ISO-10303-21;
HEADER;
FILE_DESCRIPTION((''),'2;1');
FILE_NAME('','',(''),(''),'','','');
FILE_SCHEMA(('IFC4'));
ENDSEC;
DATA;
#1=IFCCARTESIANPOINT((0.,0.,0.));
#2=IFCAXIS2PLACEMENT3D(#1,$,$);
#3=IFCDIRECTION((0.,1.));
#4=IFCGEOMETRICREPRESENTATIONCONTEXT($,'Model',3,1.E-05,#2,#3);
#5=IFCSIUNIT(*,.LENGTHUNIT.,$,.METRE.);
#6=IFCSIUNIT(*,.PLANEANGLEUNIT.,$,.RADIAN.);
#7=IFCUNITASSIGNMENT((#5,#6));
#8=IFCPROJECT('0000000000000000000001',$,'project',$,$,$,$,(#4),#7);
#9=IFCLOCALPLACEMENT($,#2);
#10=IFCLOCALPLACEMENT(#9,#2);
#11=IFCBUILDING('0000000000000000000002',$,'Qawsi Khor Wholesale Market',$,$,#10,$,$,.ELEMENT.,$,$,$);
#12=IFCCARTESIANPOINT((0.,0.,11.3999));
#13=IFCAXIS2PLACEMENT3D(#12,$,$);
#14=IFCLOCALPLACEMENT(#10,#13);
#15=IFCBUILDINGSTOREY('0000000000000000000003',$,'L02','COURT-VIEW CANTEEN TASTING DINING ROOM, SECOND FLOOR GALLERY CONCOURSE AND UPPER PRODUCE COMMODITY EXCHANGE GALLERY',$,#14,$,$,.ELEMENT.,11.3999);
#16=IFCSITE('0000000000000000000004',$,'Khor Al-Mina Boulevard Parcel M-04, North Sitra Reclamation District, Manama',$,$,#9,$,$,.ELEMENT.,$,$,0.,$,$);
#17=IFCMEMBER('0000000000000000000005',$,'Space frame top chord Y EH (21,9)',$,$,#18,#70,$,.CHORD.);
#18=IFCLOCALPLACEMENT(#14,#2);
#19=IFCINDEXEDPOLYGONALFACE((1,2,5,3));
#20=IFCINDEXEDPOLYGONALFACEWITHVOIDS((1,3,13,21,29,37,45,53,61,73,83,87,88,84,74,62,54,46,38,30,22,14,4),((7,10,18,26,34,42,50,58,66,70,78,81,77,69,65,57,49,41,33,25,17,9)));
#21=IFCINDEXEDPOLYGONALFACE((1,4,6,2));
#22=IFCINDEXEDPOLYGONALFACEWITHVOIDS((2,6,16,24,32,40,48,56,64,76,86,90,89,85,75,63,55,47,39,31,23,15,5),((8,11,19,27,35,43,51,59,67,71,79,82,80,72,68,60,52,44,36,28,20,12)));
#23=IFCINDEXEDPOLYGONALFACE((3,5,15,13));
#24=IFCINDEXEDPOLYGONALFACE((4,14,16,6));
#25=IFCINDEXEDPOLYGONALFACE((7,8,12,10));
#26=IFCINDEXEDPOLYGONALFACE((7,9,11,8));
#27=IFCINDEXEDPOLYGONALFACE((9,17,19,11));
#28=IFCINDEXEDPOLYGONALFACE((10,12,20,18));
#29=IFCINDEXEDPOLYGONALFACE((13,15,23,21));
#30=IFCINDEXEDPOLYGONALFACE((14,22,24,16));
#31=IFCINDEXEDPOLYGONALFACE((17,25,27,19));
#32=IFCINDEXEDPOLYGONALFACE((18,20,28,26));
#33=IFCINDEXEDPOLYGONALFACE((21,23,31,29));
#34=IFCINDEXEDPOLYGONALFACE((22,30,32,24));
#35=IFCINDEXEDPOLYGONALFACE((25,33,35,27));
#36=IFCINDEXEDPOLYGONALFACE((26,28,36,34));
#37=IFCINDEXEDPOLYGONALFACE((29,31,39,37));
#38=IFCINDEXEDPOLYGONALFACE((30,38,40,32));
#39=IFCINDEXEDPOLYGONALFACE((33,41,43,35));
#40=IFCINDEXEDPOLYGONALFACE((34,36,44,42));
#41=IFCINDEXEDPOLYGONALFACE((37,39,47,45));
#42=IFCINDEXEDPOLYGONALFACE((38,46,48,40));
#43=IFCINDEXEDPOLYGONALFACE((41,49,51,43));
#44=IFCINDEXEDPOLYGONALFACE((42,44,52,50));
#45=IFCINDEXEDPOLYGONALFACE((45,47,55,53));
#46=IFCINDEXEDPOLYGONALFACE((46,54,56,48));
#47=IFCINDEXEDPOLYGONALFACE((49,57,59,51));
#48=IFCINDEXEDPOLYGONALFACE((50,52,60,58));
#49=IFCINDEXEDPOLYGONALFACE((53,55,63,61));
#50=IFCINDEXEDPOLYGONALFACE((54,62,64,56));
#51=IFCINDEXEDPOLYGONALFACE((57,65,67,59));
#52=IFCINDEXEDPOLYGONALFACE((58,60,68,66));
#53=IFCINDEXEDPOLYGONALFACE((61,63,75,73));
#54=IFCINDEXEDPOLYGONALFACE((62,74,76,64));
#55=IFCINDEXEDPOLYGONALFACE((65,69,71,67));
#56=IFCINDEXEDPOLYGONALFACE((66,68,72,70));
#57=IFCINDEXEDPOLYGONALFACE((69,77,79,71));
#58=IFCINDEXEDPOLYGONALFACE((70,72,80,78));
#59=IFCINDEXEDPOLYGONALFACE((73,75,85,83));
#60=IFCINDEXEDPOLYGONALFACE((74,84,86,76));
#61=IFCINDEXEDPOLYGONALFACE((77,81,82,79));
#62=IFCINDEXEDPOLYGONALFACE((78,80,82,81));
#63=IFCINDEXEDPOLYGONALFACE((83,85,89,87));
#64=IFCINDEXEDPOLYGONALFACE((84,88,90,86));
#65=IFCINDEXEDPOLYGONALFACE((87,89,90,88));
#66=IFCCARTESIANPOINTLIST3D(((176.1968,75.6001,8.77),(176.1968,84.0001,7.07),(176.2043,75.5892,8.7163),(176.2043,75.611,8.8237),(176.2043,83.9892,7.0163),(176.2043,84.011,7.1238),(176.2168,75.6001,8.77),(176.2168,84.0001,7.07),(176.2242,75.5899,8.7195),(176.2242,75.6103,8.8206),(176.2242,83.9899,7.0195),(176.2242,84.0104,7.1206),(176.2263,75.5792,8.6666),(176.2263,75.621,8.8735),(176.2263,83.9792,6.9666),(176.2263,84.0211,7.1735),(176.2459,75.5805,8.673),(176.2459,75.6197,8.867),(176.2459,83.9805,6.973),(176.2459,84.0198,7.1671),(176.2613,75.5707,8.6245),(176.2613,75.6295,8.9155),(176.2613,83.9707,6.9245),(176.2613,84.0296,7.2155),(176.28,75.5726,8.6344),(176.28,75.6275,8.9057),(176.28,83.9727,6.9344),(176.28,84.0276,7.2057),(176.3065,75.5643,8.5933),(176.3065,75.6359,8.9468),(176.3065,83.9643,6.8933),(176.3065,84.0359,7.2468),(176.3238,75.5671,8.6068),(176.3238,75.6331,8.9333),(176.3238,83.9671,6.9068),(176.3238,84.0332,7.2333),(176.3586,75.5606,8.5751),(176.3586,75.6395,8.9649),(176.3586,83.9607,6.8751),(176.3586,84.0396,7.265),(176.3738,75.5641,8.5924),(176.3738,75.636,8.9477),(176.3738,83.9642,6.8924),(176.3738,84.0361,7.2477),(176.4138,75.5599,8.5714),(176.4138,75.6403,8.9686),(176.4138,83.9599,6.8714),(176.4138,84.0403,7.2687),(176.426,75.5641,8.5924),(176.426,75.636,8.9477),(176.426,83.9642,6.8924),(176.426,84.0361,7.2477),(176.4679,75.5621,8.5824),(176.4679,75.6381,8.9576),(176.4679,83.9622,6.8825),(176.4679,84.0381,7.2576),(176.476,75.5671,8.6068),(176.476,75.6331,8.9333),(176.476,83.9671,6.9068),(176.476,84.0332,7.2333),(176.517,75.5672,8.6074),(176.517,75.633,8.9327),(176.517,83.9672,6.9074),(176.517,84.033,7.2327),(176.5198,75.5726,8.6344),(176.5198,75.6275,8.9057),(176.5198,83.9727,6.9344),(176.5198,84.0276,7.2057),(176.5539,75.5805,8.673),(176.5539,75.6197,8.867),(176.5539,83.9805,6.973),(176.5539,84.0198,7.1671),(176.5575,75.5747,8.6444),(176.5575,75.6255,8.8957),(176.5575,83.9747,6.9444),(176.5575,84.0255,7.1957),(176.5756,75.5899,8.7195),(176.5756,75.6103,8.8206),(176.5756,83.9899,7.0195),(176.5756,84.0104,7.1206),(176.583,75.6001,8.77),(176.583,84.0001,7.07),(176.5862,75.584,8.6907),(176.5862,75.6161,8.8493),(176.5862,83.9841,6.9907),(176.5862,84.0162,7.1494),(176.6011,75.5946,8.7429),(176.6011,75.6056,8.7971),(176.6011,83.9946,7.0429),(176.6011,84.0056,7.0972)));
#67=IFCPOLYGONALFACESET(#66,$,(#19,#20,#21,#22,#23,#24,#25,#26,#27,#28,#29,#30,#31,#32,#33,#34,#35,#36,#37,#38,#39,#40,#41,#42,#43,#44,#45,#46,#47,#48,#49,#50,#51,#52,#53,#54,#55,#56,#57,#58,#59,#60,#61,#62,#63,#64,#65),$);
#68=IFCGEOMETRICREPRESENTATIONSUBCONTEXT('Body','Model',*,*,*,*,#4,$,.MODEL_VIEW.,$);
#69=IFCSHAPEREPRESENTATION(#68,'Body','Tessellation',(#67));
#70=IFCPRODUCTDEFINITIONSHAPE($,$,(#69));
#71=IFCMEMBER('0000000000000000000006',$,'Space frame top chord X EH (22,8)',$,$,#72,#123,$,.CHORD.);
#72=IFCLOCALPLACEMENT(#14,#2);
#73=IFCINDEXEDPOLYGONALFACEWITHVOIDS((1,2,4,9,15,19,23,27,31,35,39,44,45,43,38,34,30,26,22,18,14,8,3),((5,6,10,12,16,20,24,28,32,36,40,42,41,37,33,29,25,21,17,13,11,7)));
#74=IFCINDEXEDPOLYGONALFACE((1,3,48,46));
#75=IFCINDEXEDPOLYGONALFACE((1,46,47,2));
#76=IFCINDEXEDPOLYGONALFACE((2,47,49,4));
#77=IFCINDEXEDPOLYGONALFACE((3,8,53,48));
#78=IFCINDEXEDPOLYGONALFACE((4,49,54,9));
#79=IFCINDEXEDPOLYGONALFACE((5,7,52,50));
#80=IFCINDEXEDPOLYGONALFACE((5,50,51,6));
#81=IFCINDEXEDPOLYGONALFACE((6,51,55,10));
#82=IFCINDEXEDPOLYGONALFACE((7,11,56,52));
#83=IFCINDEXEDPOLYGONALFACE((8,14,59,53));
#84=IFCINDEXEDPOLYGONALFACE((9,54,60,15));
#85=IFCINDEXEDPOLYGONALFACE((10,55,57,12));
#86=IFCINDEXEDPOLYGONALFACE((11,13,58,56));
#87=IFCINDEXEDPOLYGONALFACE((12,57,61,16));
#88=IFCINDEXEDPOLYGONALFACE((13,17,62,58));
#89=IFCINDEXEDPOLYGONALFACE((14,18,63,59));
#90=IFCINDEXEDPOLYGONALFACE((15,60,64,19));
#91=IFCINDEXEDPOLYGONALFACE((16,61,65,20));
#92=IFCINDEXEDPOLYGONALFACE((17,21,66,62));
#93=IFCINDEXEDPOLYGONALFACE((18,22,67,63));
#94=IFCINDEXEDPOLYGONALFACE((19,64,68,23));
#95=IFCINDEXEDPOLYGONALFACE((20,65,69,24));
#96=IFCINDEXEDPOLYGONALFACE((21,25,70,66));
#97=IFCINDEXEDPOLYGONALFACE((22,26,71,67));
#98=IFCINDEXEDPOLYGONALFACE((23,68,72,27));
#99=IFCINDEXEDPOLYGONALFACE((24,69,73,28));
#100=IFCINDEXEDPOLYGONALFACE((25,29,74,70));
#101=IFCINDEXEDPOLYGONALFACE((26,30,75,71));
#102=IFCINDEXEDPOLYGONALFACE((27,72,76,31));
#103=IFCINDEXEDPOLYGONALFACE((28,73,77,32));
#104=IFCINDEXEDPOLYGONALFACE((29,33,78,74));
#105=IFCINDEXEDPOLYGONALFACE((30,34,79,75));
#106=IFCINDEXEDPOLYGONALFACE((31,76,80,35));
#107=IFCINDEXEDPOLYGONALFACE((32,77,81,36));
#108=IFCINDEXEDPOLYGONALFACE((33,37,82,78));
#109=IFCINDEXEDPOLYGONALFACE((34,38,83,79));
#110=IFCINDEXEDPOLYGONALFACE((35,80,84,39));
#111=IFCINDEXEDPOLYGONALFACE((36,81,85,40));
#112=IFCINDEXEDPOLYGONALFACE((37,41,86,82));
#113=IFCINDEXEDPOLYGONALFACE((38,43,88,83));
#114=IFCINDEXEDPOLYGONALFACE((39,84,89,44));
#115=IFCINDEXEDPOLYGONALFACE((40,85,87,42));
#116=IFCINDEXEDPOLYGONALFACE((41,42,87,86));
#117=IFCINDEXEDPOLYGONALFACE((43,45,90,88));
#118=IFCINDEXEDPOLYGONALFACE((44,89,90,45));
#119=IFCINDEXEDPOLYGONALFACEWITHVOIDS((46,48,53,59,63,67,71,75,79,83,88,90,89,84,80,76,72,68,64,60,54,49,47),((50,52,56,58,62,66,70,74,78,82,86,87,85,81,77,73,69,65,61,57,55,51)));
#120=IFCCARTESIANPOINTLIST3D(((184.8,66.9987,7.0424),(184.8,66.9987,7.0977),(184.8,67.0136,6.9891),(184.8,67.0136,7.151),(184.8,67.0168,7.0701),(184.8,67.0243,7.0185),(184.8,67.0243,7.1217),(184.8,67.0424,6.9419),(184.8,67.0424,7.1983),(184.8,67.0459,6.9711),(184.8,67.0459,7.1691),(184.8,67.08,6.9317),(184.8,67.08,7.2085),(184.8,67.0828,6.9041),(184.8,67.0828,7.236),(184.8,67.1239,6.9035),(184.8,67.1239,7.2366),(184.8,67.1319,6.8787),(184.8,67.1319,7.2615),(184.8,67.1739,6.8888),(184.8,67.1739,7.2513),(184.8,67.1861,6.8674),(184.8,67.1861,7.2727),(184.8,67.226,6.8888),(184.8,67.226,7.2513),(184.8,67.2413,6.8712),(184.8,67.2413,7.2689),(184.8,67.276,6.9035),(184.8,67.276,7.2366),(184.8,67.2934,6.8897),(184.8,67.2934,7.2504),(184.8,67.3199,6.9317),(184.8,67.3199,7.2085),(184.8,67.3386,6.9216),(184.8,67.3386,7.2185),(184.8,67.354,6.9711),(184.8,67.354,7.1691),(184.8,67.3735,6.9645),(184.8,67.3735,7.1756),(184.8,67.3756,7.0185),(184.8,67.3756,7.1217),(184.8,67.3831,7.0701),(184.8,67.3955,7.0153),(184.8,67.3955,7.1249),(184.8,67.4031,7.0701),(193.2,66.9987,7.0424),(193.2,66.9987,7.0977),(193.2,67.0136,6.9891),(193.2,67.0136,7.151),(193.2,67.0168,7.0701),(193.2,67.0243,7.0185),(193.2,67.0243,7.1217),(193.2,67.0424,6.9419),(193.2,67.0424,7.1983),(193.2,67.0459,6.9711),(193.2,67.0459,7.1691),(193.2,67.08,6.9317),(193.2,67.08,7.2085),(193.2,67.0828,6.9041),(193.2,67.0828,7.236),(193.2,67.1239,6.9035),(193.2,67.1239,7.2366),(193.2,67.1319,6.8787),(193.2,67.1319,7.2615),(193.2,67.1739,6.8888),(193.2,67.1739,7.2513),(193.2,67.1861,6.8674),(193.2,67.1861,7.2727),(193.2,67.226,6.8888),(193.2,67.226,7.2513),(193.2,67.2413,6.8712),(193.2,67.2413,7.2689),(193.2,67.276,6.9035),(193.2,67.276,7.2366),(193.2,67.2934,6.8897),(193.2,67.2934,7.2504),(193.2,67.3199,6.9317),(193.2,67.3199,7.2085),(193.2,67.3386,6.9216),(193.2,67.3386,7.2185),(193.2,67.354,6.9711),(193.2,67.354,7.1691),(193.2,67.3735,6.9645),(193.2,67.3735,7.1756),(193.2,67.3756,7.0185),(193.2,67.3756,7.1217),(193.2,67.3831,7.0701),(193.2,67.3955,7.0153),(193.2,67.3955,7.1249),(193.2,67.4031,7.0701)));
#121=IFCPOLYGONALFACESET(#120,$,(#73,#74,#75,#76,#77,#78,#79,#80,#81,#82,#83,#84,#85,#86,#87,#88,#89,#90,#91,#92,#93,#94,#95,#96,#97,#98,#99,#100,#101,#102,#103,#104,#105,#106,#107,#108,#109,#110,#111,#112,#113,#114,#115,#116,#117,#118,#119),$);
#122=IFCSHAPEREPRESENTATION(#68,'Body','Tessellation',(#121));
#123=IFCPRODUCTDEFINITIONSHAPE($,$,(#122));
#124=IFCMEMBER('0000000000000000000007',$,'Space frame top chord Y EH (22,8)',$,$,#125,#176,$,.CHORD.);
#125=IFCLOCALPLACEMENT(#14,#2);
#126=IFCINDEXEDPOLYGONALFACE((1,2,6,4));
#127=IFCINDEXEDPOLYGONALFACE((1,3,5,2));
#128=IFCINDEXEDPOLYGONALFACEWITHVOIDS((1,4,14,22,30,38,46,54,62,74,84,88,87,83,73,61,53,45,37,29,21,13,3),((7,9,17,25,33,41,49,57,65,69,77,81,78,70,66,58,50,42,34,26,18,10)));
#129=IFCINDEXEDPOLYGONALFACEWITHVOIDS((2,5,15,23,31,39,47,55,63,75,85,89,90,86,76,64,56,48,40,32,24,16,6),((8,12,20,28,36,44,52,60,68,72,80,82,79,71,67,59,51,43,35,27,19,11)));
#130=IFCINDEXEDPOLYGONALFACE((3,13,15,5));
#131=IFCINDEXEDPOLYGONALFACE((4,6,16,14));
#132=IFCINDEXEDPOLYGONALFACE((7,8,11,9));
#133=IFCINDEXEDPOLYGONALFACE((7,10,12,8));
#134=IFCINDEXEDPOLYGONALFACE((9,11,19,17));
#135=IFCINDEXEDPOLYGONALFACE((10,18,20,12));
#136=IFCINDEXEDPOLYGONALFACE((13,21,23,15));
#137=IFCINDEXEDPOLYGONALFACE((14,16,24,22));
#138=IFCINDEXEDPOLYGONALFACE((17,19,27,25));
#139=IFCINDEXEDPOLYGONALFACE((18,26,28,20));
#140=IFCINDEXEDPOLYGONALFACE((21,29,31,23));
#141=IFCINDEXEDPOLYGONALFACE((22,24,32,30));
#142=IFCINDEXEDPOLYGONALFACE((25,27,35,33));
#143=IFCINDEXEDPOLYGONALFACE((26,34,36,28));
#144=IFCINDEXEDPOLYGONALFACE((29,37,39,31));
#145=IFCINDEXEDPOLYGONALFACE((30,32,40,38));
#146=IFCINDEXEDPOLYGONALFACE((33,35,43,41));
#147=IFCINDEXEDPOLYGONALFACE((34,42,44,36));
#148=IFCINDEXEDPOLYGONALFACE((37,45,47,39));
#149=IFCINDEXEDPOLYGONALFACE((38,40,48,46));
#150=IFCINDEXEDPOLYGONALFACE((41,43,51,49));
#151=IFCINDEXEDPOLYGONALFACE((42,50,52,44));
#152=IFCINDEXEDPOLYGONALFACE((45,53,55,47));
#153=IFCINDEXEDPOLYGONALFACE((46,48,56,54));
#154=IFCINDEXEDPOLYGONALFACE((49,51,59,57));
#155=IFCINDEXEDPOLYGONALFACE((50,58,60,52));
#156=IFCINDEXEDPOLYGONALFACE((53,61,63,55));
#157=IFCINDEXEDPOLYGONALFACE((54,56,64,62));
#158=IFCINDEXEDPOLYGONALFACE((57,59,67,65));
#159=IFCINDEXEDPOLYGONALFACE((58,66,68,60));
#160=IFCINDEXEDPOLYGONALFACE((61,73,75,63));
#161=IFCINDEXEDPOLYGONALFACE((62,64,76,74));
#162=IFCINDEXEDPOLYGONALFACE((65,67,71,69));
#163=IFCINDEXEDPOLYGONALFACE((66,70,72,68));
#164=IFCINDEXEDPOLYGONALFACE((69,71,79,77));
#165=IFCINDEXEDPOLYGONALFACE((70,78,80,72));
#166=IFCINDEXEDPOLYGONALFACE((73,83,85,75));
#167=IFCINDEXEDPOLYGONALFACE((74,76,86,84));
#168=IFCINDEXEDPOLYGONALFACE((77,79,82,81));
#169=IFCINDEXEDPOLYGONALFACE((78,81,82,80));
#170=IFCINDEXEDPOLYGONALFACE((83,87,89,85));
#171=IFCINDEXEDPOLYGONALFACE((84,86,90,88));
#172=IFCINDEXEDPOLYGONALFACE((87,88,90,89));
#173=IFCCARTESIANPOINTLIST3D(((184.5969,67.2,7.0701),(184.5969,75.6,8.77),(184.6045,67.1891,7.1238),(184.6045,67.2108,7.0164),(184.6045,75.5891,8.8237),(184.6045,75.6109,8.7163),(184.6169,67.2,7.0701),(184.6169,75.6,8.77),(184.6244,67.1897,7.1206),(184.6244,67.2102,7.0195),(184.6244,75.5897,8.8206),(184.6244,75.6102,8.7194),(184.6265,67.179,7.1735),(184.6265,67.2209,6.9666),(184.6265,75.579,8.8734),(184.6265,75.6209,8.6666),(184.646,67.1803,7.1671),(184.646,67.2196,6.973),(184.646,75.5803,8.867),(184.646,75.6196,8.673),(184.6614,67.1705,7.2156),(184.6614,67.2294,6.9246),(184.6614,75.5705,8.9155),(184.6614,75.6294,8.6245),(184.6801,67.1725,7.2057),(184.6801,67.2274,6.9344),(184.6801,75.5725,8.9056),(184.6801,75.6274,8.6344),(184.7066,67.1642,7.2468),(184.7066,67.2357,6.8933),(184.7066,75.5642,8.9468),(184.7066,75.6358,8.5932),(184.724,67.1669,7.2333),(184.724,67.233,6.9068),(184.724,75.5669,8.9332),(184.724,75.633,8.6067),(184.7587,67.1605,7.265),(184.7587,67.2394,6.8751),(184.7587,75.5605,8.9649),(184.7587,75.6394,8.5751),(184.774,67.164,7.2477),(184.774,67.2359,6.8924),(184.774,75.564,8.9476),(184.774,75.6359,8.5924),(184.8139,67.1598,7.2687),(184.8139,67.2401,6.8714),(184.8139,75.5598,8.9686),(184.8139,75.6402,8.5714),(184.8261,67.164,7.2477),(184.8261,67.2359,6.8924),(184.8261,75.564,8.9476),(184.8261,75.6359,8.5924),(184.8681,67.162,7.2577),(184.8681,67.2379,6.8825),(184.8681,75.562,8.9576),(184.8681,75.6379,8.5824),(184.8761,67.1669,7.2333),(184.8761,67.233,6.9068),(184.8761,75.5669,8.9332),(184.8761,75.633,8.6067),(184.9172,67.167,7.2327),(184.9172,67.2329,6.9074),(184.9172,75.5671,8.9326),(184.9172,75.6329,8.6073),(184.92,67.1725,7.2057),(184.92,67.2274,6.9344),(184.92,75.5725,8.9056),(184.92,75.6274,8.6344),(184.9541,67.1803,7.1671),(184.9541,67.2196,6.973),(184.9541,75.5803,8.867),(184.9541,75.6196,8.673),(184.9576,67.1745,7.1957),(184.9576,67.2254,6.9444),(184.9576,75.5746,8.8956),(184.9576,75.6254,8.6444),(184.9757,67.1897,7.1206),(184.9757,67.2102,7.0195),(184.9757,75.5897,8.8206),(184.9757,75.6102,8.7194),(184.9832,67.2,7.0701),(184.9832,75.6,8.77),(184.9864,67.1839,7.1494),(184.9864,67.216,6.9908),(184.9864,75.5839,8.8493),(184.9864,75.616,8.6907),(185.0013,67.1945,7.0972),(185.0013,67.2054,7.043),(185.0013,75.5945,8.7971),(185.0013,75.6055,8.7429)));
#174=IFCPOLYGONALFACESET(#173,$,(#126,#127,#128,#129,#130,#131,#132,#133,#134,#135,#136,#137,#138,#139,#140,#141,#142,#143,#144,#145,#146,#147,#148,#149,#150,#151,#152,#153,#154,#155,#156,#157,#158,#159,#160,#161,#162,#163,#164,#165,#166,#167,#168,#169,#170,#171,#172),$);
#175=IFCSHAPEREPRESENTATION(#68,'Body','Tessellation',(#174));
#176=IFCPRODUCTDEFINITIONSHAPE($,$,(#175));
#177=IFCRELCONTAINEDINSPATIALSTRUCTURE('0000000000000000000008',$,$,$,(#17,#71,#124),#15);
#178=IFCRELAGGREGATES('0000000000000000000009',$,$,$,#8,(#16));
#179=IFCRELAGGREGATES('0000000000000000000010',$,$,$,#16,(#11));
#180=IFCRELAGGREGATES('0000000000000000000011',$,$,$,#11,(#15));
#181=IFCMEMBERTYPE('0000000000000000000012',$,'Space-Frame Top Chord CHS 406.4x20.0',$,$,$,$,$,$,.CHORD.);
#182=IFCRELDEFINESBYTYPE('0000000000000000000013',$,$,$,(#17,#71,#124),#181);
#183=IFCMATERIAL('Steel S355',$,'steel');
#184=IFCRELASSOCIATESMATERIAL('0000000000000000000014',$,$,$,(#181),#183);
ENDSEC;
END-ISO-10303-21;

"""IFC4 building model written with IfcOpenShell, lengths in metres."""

from ifc_helpers import new_model, si_unit, direction, frame, origin, origin_2d, place, context, subcontext, project, spatial, hollow_circle, extrude, material, material_profile, profile_set, type_object, element, save


model = new_model("IFC4")

# Units and contexts
model_context = context("Model", 3, precision=1e-05, world=origin(), true_north=direction((0.0, 1.0)))
body_context = subcontext(model_context, "Body", "Model", "MODEL_VIEW")
ifc_project = project(units=[si_unit("LENGTHUNIT", "METRE"), si_unit("PLANEANGLEUNIT", "RADIAN")], contexts=[model_context])

# Site, building, storey
site_placement = place(None, origin())
site = spatial("IfcSite", under=ifc_project, at=site_placement, Name="Khor Al-Mina Boulevard Parcel M-04, North Sitra Reclamation District, Manama", CompositionType="ELEMENT", RefElevation=0.0)
building_placement = place(site_placement, origin())
building = spatial("IfcBuilding", under=site, at=building_placement, Name="Qawsi Khor Wholesale Market", CompositionType="ELEMENT")
storey_placement = place(building_placement, frame((0.0, 0.0, 11.3999)))
storey = spatial("IfcBuildingStorey", under=building, at=storey_placement, Name="L02", Description="COURT-VIEW CANTEEN TASTING DINING ROOM, SECOND FLOOR GALLERY CONCOURSE AND UPPER PRODUCE COMMODITY EXCHANGE GALLERY", CompositionType="ELEMENT", Elevation=11.3999)

# Members
ifc_material_1 = material(Name="Steel S355", Category="steel")
ifc_material_profile_1 = material_profile(ifc_material_1, hollow_circle(Radius=0.2031, WallThickness=0.02, at=origin_2d()), Name="CHS 406.4x20.0")
ifc_profile_set_1 = profile_set([ifc_material_profile_1], Name="Steel S355")
member_type_1 = type_object("IfcMemberType", Name="Space-Frame Top Chord CHS 406.4x20.0", PredefinedType="CHORD", material=ifc_profile_set_1)
member_1_placement = place(storey_placement, frame((176.3999, 75.6001, 8.77), z_axis=(0.0, 0.98013, -0.198356), x_axis=(-1.0, 0.0, 0.0)))
element("IfcMember", 1, at=member_1_placement, inside=storey, type_object=member_type_1, Name="Space frame top chord Y EH (21,9)", PredefinedType="CHORD", context=body_context, shape_type="SweptSolid", body=[
    extrude(hollow_circle(Radius=0.2031, WallThickness=0.02, at=origin_2d()), origin(), (0.0, 0.0, 1.0), 8.5703),
])
member_2_placement = place(storey_placement, frame((184.8, 67.2, 7.0701), z_axis=(1.0, 0.0, 0.0), x_axis=(0.0, 1.0, 0.0)))
element("IfcMember", 2, at=member_2_placement, inside=storey, type_object=member_type_1, Name="Space frame top chord X EH (22,8)", PredefinedType="CHORD", context=body_context, shape_type="SweptSolid", body=[
    extrude(hollow_circle(Radius=0.2031, WallThickness=0.02, at=origin_2d()), origin(), (0.0, 0.0, 1.0), 8.3999),
])
member_3_placement = place(storey_placement, frame((184.8, 67.2, 7.0701), z_axis=(0.0, 0.980131, 0.198351), x_axis=(-1.0, 0.0, 0.0)))
element("IfcMember", 3, at=member_3_placement, inside=storey, type_object=member_type_1, Name="Space frame top chord Y EH (22,8)", PredefinedType="CHORD", context=body_context, shape_type="SweptSolid", body=[
    extrude(hollow_circle(Radius=0.2031, WallThickness=0.02, at=origin_2d()), origin(), (0.0, 0.0, 1.0), 8.5703),
])

save(model, "model.ifc")
